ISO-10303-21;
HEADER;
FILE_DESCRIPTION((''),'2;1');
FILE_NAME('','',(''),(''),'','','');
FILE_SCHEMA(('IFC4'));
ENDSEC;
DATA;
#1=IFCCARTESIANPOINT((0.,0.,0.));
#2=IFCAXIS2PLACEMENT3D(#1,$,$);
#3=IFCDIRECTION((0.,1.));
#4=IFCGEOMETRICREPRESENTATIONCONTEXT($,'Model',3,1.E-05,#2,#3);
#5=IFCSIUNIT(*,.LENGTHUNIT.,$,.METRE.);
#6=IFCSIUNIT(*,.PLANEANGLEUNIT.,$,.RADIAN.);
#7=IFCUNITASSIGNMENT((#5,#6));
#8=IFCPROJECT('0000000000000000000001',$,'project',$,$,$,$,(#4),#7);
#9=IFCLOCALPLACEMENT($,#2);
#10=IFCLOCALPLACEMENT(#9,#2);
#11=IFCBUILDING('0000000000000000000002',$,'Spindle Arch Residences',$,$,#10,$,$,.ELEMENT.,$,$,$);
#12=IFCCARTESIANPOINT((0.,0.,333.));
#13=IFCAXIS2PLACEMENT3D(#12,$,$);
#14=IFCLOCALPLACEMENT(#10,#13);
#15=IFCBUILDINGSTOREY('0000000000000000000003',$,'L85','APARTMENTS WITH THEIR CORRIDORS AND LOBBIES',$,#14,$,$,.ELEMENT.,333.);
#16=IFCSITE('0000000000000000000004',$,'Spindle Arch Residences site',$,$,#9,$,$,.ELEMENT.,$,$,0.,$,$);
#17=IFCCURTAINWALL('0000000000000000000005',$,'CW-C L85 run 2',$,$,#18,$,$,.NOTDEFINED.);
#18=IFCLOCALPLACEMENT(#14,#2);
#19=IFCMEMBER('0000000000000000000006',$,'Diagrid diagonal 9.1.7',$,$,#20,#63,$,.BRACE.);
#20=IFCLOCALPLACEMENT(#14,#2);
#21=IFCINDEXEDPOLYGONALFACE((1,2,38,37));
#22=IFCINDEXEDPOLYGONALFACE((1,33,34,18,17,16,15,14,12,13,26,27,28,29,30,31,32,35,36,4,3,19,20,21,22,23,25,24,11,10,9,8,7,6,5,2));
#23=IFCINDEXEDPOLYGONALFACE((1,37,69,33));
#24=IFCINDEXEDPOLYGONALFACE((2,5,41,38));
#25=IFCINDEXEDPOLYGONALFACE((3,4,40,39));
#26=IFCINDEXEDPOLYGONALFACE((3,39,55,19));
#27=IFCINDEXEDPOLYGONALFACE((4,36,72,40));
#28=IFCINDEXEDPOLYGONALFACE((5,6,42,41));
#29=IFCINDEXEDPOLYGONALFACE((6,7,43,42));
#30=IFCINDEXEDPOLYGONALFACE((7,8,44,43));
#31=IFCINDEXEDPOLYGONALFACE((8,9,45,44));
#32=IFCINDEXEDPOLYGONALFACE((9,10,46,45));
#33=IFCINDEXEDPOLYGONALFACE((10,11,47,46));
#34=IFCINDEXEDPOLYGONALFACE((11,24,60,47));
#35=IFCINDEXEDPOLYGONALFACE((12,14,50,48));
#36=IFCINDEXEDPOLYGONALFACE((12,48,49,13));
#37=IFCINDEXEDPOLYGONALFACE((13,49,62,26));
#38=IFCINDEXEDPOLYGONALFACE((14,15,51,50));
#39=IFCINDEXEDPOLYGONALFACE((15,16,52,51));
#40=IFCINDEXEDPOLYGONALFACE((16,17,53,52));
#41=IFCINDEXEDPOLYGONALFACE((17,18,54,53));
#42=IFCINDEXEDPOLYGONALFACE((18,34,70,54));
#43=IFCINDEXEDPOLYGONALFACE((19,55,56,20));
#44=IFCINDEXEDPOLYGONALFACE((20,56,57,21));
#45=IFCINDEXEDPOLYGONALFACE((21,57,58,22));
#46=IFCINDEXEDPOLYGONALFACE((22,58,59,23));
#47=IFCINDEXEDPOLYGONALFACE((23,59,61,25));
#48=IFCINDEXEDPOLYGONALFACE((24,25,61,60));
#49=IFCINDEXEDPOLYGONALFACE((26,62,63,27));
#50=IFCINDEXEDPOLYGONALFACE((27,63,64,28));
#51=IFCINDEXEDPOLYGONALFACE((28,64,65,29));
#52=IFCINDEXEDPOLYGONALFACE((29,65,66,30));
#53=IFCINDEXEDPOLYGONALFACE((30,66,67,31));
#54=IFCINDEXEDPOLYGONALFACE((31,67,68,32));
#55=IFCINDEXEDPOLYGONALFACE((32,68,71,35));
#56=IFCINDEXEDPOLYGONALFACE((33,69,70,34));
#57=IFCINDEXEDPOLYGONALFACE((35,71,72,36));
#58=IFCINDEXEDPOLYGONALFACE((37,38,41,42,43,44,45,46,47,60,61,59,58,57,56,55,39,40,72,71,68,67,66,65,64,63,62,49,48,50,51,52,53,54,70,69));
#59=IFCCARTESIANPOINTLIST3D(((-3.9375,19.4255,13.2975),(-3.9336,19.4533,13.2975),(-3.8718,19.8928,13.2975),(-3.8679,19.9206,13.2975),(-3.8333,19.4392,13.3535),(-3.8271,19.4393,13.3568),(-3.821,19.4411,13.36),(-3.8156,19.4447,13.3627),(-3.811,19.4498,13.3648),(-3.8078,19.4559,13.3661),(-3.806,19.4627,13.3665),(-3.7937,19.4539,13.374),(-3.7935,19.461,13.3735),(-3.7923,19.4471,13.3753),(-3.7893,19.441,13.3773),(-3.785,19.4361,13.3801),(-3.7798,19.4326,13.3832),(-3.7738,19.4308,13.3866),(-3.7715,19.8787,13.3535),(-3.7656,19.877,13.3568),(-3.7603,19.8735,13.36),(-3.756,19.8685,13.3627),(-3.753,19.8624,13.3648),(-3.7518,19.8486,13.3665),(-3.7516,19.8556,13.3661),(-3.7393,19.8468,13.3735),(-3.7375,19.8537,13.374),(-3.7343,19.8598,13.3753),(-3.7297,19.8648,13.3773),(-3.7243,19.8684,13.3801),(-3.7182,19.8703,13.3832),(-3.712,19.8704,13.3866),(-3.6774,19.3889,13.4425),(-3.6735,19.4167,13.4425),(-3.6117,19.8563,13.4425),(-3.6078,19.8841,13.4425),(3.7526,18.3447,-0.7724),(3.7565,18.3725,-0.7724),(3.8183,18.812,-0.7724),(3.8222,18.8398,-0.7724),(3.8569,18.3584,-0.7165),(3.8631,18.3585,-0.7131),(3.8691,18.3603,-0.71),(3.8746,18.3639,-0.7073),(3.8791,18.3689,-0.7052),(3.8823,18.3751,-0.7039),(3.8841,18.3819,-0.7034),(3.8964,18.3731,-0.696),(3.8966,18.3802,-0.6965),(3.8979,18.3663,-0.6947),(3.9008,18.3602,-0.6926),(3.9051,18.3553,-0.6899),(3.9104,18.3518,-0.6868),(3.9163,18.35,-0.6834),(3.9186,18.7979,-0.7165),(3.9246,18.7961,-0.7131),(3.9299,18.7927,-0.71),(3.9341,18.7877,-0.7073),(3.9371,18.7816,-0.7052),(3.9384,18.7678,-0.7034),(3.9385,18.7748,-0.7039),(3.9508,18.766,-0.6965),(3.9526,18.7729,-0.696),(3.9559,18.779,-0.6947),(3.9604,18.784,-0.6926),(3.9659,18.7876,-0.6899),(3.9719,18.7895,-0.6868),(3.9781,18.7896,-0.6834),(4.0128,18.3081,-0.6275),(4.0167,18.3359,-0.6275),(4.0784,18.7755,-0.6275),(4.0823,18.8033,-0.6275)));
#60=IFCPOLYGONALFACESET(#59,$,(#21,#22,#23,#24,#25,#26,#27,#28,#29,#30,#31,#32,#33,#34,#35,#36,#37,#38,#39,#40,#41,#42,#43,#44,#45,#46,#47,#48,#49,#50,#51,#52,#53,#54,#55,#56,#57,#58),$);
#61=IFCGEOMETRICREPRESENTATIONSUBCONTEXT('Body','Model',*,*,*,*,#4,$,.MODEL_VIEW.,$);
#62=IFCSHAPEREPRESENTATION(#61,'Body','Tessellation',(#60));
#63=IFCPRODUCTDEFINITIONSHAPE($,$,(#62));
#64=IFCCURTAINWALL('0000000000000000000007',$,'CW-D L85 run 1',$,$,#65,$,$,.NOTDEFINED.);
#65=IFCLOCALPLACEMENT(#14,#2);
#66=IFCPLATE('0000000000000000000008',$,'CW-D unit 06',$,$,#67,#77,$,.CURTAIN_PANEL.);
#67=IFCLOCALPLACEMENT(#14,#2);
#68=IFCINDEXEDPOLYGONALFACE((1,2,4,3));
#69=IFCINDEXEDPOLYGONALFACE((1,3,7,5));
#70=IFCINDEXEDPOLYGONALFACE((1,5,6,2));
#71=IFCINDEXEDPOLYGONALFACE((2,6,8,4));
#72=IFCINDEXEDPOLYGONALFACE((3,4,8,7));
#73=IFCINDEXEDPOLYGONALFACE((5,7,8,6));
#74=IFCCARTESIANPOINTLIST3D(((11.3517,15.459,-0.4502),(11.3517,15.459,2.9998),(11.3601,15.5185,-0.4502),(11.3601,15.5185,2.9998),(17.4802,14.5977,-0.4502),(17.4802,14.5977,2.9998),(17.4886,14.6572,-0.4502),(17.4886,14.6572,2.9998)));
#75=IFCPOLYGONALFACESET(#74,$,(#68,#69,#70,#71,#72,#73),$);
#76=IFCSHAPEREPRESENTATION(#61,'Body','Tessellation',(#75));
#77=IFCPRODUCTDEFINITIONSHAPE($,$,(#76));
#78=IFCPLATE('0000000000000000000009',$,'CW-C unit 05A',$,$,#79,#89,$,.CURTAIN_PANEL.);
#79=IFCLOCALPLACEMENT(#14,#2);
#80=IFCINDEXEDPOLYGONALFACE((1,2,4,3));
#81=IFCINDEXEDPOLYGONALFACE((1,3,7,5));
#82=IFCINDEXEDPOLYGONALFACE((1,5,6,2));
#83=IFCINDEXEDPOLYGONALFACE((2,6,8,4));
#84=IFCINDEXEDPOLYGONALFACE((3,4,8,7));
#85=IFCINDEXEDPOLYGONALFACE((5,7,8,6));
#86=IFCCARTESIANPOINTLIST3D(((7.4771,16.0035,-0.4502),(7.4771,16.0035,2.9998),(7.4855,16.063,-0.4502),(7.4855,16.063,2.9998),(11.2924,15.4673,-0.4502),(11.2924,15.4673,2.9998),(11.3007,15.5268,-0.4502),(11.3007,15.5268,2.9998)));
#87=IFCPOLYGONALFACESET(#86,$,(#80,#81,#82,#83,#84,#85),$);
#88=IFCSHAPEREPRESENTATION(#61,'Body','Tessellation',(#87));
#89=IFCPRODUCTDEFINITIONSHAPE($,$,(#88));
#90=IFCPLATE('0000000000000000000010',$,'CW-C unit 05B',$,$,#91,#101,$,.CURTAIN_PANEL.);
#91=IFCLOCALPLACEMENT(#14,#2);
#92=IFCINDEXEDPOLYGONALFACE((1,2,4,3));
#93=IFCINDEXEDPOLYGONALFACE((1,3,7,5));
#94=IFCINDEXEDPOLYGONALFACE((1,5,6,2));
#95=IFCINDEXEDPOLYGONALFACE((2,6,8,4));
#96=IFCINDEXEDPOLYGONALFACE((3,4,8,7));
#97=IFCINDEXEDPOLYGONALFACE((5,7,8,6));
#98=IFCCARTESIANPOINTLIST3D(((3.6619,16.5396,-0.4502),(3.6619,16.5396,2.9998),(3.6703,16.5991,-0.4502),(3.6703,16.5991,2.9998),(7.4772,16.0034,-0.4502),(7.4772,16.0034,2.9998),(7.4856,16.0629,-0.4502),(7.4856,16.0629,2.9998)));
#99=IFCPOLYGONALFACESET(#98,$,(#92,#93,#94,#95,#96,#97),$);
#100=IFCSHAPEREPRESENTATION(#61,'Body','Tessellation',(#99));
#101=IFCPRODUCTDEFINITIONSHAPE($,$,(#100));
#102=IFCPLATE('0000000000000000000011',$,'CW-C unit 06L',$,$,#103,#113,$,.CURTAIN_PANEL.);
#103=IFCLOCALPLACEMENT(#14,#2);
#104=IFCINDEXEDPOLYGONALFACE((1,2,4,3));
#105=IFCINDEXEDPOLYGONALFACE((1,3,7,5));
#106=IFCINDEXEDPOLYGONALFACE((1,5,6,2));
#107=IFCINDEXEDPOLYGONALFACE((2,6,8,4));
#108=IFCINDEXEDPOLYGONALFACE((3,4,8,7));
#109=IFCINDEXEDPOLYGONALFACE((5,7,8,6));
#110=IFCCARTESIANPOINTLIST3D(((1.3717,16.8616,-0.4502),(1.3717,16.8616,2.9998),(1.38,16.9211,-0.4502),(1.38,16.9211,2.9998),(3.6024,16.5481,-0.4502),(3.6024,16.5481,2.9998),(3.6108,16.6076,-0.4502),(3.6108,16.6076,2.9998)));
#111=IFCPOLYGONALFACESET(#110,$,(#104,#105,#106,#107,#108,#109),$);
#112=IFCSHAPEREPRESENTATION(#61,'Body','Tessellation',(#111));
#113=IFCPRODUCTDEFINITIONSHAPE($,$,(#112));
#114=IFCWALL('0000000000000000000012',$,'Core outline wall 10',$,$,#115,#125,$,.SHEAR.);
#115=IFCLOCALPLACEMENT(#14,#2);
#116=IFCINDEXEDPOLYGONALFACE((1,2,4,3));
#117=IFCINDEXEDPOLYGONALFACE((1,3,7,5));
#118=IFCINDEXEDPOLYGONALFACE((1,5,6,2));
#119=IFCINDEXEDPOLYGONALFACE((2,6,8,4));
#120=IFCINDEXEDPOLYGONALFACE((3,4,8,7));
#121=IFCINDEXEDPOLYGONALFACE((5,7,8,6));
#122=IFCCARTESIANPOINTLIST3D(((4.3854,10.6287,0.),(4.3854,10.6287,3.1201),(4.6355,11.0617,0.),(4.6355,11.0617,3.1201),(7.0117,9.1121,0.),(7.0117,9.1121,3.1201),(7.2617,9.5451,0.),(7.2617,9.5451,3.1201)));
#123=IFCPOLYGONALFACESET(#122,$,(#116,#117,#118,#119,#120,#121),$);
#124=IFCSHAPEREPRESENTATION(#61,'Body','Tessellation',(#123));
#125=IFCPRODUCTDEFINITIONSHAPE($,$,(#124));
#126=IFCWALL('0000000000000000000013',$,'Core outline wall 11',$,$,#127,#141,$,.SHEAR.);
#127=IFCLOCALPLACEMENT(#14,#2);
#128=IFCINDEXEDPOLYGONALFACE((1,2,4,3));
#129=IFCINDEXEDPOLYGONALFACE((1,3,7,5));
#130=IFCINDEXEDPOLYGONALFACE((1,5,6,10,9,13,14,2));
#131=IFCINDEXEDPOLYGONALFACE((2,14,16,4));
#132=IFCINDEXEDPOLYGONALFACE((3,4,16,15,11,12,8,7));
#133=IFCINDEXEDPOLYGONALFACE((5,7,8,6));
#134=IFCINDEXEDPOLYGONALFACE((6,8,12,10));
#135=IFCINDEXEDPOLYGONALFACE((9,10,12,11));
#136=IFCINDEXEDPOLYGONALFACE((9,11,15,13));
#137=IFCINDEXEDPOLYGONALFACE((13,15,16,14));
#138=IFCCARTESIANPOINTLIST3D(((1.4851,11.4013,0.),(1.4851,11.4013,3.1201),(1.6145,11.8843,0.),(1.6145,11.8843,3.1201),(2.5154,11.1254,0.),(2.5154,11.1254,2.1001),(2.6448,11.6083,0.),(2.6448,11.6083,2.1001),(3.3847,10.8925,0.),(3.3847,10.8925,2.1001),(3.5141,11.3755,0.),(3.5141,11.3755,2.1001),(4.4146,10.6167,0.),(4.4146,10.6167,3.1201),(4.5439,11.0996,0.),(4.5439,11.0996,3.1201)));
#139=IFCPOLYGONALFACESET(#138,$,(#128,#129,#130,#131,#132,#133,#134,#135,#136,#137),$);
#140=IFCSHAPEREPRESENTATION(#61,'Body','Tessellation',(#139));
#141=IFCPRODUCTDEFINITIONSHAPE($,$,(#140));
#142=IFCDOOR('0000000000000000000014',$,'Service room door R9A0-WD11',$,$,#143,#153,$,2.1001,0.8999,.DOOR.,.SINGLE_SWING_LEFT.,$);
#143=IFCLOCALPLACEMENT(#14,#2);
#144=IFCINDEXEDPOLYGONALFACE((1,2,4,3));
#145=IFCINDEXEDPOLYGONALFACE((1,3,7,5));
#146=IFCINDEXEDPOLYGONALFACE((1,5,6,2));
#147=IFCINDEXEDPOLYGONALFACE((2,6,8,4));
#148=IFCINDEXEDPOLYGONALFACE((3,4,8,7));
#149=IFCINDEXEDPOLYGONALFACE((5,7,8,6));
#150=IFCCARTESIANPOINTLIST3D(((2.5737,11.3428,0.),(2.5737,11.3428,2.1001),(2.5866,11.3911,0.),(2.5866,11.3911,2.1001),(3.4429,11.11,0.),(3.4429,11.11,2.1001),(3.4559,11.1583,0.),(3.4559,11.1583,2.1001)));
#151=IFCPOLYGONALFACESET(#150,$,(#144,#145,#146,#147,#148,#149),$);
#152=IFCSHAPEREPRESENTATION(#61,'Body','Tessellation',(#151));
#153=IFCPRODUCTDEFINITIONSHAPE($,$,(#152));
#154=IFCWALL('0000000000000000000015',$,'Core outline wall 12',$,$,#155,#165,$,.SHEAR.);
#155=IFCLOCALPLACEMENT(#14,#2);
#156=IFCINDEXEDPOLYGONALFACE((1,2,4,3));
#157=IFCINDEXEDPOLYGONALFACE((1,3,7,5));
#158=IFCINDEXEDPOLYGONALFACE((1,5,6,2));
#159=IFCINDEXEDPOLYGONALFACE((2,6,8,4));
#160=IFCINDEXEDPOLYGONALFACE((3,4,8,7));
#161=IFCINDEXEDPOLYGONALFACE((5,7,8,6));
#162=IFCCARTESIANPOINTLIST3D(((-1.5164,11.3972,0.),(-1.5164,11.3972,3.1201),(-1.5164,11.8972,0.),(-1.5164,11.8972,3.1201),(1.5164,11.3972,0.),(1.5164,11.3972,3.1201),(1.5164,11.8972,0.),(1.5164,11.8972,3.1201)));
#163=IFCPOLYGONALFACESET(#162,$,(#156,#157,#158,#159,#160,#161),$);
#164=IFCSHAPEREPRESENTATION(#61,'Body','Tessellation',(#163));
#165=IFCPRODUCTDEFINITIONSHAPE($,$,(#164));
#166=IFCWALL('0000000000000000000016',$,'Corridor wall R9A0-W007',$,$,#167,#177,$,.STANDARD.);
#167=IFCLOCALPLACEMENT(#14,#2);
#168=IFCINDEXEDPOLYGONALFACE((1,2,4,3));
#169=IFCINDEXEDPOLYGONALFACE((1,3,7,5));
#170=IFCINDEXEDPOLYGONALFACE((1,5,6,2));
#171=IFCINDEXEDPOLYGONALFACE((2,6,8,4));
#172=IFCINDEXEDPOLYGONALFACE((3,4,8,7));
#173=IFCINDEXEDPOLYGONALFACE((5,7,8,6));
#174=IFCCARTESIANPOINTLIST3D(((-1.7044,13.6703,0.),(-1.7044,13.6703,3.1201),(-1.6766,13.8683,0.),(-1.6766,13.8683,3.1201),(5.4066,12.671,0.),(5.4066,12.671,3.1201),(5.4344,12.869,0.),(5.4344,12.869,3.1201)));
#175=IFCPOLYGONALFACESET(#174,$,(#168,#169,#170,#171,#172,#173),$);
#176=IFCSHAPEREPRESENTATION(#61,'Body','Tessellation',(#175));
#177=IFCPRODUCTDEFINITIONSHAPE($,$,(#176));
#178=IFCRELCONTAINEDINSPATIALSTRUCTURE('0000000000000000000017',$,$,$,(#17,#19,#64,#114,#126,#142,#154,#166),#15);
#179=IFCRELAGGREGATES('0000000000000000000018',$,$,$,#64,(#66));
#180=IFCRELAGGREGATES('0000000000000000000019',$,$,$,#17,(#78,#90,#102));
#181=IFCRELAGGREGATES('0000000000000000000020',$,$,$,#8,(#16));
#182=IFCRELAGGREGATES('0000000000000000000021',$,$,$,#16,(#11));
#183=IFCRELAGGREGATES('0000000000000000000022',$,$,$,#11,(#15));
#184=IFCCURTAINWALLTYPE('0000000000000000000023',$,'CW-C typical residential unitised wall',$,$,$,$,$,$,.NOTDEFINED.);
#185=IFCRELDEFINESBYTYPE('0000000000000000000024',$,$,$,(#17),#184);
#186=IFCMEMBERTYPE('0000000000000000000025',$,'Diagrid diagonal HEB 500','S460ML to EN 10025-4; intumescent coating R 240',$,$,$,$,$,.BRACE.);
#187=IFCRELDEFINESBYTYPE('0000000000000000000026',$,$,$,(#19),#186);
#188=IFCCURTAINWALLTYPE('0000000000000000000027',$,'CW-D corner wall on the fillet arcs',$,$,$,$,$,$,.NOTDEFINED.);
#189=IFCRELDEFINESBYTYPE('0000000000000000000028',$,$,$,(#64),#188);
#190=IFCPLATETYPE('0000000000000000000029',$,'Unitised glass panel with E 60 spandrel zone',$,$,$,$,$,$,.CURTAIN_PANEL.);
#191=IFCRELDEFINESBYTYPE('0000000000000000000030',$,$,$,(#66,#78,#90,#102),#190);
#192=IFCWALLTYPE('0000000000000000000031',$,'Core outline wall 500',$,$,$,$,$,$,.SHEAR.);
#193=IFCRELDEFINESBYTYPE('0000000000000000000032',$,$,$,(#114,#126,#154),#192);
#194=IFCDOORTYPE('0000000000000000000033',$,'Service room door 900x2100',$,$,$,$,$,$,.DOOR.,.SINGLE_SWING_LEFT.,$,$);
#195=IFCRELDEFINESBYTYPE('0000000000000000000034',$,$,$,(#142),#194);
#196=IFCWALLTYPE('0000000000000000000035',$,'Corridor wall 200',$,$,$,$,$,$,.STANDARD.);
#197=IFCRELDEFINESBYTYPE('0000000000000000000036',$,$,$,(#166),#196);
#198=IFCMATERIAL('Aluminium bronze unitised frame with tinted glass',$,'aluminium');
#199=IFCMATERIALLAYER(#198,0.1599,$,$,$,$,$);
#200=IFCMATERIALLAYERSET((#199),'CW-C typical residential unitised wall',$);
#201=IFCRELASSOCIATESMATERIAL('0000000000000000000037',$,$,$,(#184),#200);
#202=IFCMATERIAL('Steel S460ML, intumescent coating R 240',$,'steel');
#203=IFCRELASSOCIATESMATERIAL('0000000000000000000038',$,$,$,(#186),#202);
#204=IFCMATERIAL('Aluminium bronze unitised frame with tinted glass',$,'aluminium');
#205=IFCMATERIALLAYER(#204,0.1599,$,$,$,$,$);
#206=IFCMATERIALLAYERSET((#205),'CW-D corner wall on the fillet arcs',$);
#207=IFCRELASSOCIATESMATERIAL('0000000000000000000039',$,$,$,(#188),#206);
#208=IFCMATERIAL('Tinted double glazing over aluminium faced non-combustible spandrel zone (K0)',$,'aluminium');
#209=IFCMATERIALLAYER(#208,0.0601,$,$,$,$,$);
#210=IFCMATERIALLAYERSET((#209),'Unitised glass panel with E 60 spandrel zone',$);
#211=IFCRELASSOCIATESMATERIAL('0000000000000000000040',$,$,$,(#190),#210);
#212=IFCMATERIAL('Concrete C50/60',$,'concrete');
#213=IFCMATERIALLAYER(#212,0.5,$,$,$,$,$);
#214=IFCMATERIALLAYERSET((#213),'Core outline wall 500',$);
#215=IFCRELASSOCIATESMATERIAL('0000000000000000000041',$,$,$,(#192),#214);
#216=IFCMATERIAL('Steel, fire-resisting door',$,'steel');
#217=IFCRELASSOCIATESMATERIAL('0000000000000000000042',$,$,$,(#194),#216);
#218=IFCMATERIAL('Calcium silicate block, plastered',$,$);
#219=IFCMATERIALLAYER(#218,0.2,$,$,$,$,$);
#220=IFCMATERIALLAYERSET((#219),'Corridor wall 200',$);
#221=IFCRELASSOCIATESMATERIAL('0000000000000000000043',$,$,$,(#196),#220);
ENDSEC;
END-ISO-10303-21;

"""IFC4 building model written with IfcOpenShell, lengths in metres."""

from ifc_helpers import new_model, si_unit, direction, frame, frame_2d, origin, origin_2d, place, context, subcontext, project, spatial, rectangle, i_section, extrude, material, layer, layer_set, material_profile, profile_set, type_object, element, fill, aggregate, save


model = new_model("IFC4")

# Units and contexts
model_context = context("Model", 3, precision=1e-05, world=origin(), true_north=direction((0.0, 1.0)))
body_context = subcontext(model_context, "Body", "Model", "MODEL_VIEW")
ifc_project = project(units=[si_unit("LENGTHUNIT", "METRE"), si_unit("PLANEANGLEUNIT", "RADIAN")], contexts=[model_context])

# Site, building, storey
site_placement = place(None, origin())
site = spatial("IfcSite", under=ifc_project, at=site_placement, Name="Spindle Arch Residences site", CompositionType="ELEMENT", RefElevation=0.0)
building_placement = place(site_placement, origin())
building = spatial("IfcBuilding", under=site, at=building_placement, Name="Spindle Arch Residences", CompositionType="ELEMENT")
storey_placement = place(building_placement, frame((0.0, 0.0, 333.0)))
storey = spatial("IfcBuildingStorey", under=building, at=storey_placement, Name="L85", Description="APARTMENTS WITH THEIR CORRIDORS AND LOBBIES", CompositionType="ELEMENT", Elevation=333.0)

# Curtain wall
ifc_material_1 = material(Name="Aluminium bronze unitised frame with tinted glass", Category="aluminium")
ifc_layer_1 = layer(ifc_material_1, 0.1599)
ifc_layer_set_1 = layer_set([ifc_layer_1], Name="CW-C typical residential unitised wall")
curtain_wall_type_1 = type_object("IfcCurtainWallType", Name="CW-C typical residential unitised wall", PredefinedType="NOTDEFINED", material=ifc_layer_set_1)
curtain_wall_1_placement = place(storey_placement, origin())
curtain_wall_1 = element("IfcCurtainWall", 1, at=curtain_wall_1_placement, inside=storey, type_object=curtain_wall_type_1, Name="CW-C L85 run 2", PredefinedType="NOTDEFINED")

# Member
ifc_material_2 = material(Name="Steel S460ML, intumescent coating R 240", Category="steel")
ifc_material_profile_1 = material_profile(ifc_material_2, i_section(OverallWidth=0.3, OverallDepth=0.5, WebThickness=0.0144, FlangeThickness=0.0281, FilletRadius=0.0271, at=origin_2d()), Name="HEB 500")
ifc_profile_set_1 = profile_set([ifc_material_profile_1], Name="Steel S460ML, intumescent coating R 240")
member_type_1 = type_object("IfcMemberType", Name="Diagrid diagonal HEB 500", Description="S460ML to EN 10025-4; intumescent coating R 240", PredefinedType="BRACE", material=ifc_profile_set_1)
for number, where, z_axis, x_axis, name in (
    (2, (3.9175, 18.574, -0.7), (-0.478516, 0.067253, 0.8755), (0.866979, -0.121849, 0.483219), "Diagrid diagonal 9.1.7"),
):
    element("IfcMember", number, at=place(storey_placement, frame(where, z_axis=z_axis, x_axis=x_axis)), inside=storey, type_object=member_type_1, Name=name, PredefinedType="BRACE", context=body_context, shape_type="SweptSolid", body=[
        extrude(i_section(OverallWidth=0.3, OverallDepth=0.5, WebThickness=0.0144, FlangeThickness=0.0281, FilletRadius=0.0271, at=origin_2d()), origin(), (0.0, 0.0, 1.0), 16.0708),
    ])

# Curtain wall, plate
ifc_material_3 = material(Name="Aluminium bronze unitised frame with tinted glass", Category="aluminium")
ifc_layer_2 = layer(ifc_material_3, 0.1599)
ifc_layer_set_2 = layer_set([ifc_layer_2], Name="CW-D corner wall on the fillet arcs")
curtain_wall_type_2 = type_object("IfcCurtainWallType", Name="CW-D corner wall on the fillet arcs", PredefinedType="NOTDEFINED", material=ifc_layer_set_2)
curtain_wall_2_placement = place(storey_placement, origin())
curtain_wall_2 = element("IfcCurtainWall", 3, at=curtain_wall_2_placement, inside=storey, type_object=curtain_wall_type_2, Name="CW-D L85 run 1", PredefinedType="NOTDEFINED")
ifc_material_4 = material(Name="Tinted double glazing over aluminium faced non-combustible spandrel zone (K0)", Category="aluminium")
ifc_layer_3 = layer(ifc_material_4, 0.0601)
ifc_layer_set_3 = layer_set([ifc_layer_3], Name="Unitised glass panel with E 60 spandrel zone")
plate_type = type_object("IfcPlateType", Name="Unitised glass panel with E 60 spandrel zone", PredefinedType="CURTAIN_PANEL", material=ifc_layer_set_3)
plate_1_placement = place(storey_placement, frame((14.4202, 15.0581, -0.4502), z_axis=(0.0, 0.0, 1.0), x_axis=(-0.990268, 0.139173, 0.0)))
plate_1 = element("IfcPlate", 4, at=plate_1_placement, type_object=plate_type, Name="CW-D unit 06", PredefinedType="CURTAIN_PANEL", context=body_context, shape_type="SweptSolid", body=[
    extrude(rectangle(XDim=6.1887, YDim=0.0601, at=origin_2d()), origin(), (0.0, 0.0, 1.0), 3.45),
])
aggregate(curtain_wall_2, [plate_1])

# Plates
plate_2_placement = place(storey_placement, frame((9.3889, 15.7651, -0.4502), z_axis=(0.0, 0.0, 1.0), x_axis=(-0.990268, 0.139173, 0.0)))
plate_2 = element("IfcPlate", 5, at=plate_2_placement, type_object=plate_type, Name="CW-C unit 05A", PredefinedType="CURTAIN_PANEL", context=body_context, shape_type="SweptSolid", body=[
    extrude(rectangle(XDim=3.8528, YDim=0.0601, at=origin_2d()), origin(), (0.0, 0.0, 1.0), 3.45),
])
plate_3_placement = place(storey_placement, frame((5.5737, 16.3013, -0.4502), z_axis=(0.0, 0.0, 1.0), x_axis=(-0.990268, 0.139173, 0.0)))
plate_3 = element("IfcPlate", 6, at=plate_3_placement, type_object=plate_type, Name="CW-C unit 05B", PredefinedType="CURTAIN_PANEL", context=body_context, shape_type="SweptSolid", body=[
    extrude(rectangle(XDim=3.8528, YDim=0.0601, at=origin_2d()), origin(), (0.0, 0.0, 1.0), 3.45),
])
plate_4_placement = place(storey_placement, frame((2.4912, 16.7346, -0.4502), z_axis=(0.0, 0.0, 1.0), x_axis=(-0.990268, 0.139173, 0.0)))
plate_4 = element("IfcPlate", 7, at=plate_4_placement, type_object=plate_type, Name="CW-C unit 06L", PredefinedType="CURTAIN_PANEL", context=body_context, shape_type="SweptSolid", body=[
    extrude(rectangle(XDim=2.2527, YDim=0.0601, at=origin_2d()), origin(), (0.0, 0.0, 1.0), 3.45),
])
aggregate(curtain_wall_1, [plate_2, plate_3, plate_4])

# Wall
ifc_material_5 = material(Name="Concrete C50/60", Category="concrete")
ifc_layer_4 = layer(ifc_material_5, 0.5)
ifc_layer_set_4 = layer_set([ifc_layer_4], Name="Core outline wall 500")
wall_type_1 = type_object("IfcWallType", Name="Core outline wall 500", PredefinedType="SHEAR", material=ifc_layer_set_4)
wall_1_placement = place(storey_placement, frame((7.1367, 9.3286, 0.0), z_axis=(0.0, 0.0, 1.0), x_axis=(-0.865975, 0.500087, 0.0)))
element("IfcWall", 8, at=wall_1_placement, inside=storey, type_object=wall_type_1, Name="Core outline wall 10", PredefinedType="SHEAR", context=body_context, shape_type="SweptSolid", body=[
    extrude(rectangle(XDim=3.0327, YDim=0.5, at=frame_2d((1.5164, 0.0))), origin(), (0.0, 0.0, 1.0), 3.1201),
])

# Wall, opening, door
wall_2_placement = place(storey_placement, frame((4.4792, 10.8582, 0.0), z_axis=(0.0, 0.0, 1.0), x_axis=(-0.965948, 0.258735, 0.0)))
wall_2 = element("IfcWall", 9, at=wall_2_placement, inside=storey, type_object=wall_type_1, Name="Core outline wall 11", PredefinedType="SHEAR", context=body_context, shape_type="SweptSolid", body=[
    extrude(rectangle(XDim=3.0327, YDim=0.5, at=frame_2d((1.5164, 0.0))), origin(), (0.0, 0.0, 1.0), 3.1201),
])
opening_1_placement = place(wall_2_placement, frame((1.0662, 0.0, 0.0)))
opening_1 = element("IfcOpeningElement", 10, at=opening_1_placement, cuts=wall_2, PredefinedType="OPENING", context=body_context, shape_type="SweptSolid", body=[
    extrude(rectangle(XDim=0.8999, YDim=2.1001, at=frame_2d((0.45, 1.05))), frame((0.0, 0.26, 0.0), z_axis=(0.0, -1.0, 0.0), x_axis=(1.0, 0.0, 0.0)), (0.0, 0.0, 1.0), 0.52),
])
ifc_material_6 = material(Name="Steel, fire-resisting door", Category="steel")
door_type_1 = type_object("IfcDoorType", Name="Service room door 900x2100", OperationType="SINGLE_SWING_LEFT", PredefinedType="DOOR", material=ifc_material_6)
door_1_placement = place(opening_1_placement, origin())
door_1 = element("IfcDoor", 11, at=door_1_placement, inside=storey, type_object=door_type_1, Name="Service room door R9A0-WD11", OperationType="SINGLE_SWING_LEFT", OverallHeight=2.1001, OverallWidth=0.8999, PredefinedType="DOOR", context=body_context, shape_type="SweptSolid", body=[
    extrude(rectangle(XDim=0.8999, YDim=2.1001, at=frame_2d((0.45, 1.05))), frame((0.0, 0.0249, 0.0), z_axis=(0.0, -1.0, 0.0), x_axis=(1.0, 0.0, 0.0)), (0.0, 0.0, 1.0), 0.05),
])
fill(opening_1, door_1)

# Walls
wall_3_placement = place(storey_placement, frame((1.5164, 11.6472, 0.0), z_axis=(0.0, 0.0, 1.0), x_axis=(-1.0, 0.0, 0.0)))
element("IfcWall", 12, at=wall_3_placement, inside=storey, type_object=wall_type_1, Name="Core outline wall 12", PredefinedType="SHEAR", context=body_context, shape_type="SweptSolid", body=[
    extrude(rectangle(XDim=3.0327, YDim=0.5, at=frame_2d((1.5164, 0.0))), origin(), (0.0, 0.0, 1.0), 3.1201),
])
ifc_material_7 = material(Name="Calcium silicate block, plastered")
ifc_layer_5 = layer(ifc_material_7, 0.2)
ifc_layer_set_5 = layer_set([ifc_layer_5], Name="Corridor wall 200")
wall_type_2 = type_object("IfcWallType", Name="Corridor wall 200", PredefinedType="STANDARD", material=ifc_layer_set_5)
wall_4_placement = place(storey_placement, frame((5.4204, 12.77, 0.0), z_axis=(0.0, 0.0, 1.0), x_axis=(-0.990271, 0.139155, 0.0)))
element("IfcWall", 13, at=wall_4_placement, inside=storey, type_object=wall_type_2, Name="Corridor wall R9A0-W007", PredefinedType="STANDARD", context=body_context, shape_type="SweptSolid", body=[
    extrude(rectangle(XDim=7.1809, YDim=0.2, at=frame_2d((3.5903, 0.0))), origin(), (0.0, 0.0, 1.0), 3.1201),
])

save(model, "model.ifc")
